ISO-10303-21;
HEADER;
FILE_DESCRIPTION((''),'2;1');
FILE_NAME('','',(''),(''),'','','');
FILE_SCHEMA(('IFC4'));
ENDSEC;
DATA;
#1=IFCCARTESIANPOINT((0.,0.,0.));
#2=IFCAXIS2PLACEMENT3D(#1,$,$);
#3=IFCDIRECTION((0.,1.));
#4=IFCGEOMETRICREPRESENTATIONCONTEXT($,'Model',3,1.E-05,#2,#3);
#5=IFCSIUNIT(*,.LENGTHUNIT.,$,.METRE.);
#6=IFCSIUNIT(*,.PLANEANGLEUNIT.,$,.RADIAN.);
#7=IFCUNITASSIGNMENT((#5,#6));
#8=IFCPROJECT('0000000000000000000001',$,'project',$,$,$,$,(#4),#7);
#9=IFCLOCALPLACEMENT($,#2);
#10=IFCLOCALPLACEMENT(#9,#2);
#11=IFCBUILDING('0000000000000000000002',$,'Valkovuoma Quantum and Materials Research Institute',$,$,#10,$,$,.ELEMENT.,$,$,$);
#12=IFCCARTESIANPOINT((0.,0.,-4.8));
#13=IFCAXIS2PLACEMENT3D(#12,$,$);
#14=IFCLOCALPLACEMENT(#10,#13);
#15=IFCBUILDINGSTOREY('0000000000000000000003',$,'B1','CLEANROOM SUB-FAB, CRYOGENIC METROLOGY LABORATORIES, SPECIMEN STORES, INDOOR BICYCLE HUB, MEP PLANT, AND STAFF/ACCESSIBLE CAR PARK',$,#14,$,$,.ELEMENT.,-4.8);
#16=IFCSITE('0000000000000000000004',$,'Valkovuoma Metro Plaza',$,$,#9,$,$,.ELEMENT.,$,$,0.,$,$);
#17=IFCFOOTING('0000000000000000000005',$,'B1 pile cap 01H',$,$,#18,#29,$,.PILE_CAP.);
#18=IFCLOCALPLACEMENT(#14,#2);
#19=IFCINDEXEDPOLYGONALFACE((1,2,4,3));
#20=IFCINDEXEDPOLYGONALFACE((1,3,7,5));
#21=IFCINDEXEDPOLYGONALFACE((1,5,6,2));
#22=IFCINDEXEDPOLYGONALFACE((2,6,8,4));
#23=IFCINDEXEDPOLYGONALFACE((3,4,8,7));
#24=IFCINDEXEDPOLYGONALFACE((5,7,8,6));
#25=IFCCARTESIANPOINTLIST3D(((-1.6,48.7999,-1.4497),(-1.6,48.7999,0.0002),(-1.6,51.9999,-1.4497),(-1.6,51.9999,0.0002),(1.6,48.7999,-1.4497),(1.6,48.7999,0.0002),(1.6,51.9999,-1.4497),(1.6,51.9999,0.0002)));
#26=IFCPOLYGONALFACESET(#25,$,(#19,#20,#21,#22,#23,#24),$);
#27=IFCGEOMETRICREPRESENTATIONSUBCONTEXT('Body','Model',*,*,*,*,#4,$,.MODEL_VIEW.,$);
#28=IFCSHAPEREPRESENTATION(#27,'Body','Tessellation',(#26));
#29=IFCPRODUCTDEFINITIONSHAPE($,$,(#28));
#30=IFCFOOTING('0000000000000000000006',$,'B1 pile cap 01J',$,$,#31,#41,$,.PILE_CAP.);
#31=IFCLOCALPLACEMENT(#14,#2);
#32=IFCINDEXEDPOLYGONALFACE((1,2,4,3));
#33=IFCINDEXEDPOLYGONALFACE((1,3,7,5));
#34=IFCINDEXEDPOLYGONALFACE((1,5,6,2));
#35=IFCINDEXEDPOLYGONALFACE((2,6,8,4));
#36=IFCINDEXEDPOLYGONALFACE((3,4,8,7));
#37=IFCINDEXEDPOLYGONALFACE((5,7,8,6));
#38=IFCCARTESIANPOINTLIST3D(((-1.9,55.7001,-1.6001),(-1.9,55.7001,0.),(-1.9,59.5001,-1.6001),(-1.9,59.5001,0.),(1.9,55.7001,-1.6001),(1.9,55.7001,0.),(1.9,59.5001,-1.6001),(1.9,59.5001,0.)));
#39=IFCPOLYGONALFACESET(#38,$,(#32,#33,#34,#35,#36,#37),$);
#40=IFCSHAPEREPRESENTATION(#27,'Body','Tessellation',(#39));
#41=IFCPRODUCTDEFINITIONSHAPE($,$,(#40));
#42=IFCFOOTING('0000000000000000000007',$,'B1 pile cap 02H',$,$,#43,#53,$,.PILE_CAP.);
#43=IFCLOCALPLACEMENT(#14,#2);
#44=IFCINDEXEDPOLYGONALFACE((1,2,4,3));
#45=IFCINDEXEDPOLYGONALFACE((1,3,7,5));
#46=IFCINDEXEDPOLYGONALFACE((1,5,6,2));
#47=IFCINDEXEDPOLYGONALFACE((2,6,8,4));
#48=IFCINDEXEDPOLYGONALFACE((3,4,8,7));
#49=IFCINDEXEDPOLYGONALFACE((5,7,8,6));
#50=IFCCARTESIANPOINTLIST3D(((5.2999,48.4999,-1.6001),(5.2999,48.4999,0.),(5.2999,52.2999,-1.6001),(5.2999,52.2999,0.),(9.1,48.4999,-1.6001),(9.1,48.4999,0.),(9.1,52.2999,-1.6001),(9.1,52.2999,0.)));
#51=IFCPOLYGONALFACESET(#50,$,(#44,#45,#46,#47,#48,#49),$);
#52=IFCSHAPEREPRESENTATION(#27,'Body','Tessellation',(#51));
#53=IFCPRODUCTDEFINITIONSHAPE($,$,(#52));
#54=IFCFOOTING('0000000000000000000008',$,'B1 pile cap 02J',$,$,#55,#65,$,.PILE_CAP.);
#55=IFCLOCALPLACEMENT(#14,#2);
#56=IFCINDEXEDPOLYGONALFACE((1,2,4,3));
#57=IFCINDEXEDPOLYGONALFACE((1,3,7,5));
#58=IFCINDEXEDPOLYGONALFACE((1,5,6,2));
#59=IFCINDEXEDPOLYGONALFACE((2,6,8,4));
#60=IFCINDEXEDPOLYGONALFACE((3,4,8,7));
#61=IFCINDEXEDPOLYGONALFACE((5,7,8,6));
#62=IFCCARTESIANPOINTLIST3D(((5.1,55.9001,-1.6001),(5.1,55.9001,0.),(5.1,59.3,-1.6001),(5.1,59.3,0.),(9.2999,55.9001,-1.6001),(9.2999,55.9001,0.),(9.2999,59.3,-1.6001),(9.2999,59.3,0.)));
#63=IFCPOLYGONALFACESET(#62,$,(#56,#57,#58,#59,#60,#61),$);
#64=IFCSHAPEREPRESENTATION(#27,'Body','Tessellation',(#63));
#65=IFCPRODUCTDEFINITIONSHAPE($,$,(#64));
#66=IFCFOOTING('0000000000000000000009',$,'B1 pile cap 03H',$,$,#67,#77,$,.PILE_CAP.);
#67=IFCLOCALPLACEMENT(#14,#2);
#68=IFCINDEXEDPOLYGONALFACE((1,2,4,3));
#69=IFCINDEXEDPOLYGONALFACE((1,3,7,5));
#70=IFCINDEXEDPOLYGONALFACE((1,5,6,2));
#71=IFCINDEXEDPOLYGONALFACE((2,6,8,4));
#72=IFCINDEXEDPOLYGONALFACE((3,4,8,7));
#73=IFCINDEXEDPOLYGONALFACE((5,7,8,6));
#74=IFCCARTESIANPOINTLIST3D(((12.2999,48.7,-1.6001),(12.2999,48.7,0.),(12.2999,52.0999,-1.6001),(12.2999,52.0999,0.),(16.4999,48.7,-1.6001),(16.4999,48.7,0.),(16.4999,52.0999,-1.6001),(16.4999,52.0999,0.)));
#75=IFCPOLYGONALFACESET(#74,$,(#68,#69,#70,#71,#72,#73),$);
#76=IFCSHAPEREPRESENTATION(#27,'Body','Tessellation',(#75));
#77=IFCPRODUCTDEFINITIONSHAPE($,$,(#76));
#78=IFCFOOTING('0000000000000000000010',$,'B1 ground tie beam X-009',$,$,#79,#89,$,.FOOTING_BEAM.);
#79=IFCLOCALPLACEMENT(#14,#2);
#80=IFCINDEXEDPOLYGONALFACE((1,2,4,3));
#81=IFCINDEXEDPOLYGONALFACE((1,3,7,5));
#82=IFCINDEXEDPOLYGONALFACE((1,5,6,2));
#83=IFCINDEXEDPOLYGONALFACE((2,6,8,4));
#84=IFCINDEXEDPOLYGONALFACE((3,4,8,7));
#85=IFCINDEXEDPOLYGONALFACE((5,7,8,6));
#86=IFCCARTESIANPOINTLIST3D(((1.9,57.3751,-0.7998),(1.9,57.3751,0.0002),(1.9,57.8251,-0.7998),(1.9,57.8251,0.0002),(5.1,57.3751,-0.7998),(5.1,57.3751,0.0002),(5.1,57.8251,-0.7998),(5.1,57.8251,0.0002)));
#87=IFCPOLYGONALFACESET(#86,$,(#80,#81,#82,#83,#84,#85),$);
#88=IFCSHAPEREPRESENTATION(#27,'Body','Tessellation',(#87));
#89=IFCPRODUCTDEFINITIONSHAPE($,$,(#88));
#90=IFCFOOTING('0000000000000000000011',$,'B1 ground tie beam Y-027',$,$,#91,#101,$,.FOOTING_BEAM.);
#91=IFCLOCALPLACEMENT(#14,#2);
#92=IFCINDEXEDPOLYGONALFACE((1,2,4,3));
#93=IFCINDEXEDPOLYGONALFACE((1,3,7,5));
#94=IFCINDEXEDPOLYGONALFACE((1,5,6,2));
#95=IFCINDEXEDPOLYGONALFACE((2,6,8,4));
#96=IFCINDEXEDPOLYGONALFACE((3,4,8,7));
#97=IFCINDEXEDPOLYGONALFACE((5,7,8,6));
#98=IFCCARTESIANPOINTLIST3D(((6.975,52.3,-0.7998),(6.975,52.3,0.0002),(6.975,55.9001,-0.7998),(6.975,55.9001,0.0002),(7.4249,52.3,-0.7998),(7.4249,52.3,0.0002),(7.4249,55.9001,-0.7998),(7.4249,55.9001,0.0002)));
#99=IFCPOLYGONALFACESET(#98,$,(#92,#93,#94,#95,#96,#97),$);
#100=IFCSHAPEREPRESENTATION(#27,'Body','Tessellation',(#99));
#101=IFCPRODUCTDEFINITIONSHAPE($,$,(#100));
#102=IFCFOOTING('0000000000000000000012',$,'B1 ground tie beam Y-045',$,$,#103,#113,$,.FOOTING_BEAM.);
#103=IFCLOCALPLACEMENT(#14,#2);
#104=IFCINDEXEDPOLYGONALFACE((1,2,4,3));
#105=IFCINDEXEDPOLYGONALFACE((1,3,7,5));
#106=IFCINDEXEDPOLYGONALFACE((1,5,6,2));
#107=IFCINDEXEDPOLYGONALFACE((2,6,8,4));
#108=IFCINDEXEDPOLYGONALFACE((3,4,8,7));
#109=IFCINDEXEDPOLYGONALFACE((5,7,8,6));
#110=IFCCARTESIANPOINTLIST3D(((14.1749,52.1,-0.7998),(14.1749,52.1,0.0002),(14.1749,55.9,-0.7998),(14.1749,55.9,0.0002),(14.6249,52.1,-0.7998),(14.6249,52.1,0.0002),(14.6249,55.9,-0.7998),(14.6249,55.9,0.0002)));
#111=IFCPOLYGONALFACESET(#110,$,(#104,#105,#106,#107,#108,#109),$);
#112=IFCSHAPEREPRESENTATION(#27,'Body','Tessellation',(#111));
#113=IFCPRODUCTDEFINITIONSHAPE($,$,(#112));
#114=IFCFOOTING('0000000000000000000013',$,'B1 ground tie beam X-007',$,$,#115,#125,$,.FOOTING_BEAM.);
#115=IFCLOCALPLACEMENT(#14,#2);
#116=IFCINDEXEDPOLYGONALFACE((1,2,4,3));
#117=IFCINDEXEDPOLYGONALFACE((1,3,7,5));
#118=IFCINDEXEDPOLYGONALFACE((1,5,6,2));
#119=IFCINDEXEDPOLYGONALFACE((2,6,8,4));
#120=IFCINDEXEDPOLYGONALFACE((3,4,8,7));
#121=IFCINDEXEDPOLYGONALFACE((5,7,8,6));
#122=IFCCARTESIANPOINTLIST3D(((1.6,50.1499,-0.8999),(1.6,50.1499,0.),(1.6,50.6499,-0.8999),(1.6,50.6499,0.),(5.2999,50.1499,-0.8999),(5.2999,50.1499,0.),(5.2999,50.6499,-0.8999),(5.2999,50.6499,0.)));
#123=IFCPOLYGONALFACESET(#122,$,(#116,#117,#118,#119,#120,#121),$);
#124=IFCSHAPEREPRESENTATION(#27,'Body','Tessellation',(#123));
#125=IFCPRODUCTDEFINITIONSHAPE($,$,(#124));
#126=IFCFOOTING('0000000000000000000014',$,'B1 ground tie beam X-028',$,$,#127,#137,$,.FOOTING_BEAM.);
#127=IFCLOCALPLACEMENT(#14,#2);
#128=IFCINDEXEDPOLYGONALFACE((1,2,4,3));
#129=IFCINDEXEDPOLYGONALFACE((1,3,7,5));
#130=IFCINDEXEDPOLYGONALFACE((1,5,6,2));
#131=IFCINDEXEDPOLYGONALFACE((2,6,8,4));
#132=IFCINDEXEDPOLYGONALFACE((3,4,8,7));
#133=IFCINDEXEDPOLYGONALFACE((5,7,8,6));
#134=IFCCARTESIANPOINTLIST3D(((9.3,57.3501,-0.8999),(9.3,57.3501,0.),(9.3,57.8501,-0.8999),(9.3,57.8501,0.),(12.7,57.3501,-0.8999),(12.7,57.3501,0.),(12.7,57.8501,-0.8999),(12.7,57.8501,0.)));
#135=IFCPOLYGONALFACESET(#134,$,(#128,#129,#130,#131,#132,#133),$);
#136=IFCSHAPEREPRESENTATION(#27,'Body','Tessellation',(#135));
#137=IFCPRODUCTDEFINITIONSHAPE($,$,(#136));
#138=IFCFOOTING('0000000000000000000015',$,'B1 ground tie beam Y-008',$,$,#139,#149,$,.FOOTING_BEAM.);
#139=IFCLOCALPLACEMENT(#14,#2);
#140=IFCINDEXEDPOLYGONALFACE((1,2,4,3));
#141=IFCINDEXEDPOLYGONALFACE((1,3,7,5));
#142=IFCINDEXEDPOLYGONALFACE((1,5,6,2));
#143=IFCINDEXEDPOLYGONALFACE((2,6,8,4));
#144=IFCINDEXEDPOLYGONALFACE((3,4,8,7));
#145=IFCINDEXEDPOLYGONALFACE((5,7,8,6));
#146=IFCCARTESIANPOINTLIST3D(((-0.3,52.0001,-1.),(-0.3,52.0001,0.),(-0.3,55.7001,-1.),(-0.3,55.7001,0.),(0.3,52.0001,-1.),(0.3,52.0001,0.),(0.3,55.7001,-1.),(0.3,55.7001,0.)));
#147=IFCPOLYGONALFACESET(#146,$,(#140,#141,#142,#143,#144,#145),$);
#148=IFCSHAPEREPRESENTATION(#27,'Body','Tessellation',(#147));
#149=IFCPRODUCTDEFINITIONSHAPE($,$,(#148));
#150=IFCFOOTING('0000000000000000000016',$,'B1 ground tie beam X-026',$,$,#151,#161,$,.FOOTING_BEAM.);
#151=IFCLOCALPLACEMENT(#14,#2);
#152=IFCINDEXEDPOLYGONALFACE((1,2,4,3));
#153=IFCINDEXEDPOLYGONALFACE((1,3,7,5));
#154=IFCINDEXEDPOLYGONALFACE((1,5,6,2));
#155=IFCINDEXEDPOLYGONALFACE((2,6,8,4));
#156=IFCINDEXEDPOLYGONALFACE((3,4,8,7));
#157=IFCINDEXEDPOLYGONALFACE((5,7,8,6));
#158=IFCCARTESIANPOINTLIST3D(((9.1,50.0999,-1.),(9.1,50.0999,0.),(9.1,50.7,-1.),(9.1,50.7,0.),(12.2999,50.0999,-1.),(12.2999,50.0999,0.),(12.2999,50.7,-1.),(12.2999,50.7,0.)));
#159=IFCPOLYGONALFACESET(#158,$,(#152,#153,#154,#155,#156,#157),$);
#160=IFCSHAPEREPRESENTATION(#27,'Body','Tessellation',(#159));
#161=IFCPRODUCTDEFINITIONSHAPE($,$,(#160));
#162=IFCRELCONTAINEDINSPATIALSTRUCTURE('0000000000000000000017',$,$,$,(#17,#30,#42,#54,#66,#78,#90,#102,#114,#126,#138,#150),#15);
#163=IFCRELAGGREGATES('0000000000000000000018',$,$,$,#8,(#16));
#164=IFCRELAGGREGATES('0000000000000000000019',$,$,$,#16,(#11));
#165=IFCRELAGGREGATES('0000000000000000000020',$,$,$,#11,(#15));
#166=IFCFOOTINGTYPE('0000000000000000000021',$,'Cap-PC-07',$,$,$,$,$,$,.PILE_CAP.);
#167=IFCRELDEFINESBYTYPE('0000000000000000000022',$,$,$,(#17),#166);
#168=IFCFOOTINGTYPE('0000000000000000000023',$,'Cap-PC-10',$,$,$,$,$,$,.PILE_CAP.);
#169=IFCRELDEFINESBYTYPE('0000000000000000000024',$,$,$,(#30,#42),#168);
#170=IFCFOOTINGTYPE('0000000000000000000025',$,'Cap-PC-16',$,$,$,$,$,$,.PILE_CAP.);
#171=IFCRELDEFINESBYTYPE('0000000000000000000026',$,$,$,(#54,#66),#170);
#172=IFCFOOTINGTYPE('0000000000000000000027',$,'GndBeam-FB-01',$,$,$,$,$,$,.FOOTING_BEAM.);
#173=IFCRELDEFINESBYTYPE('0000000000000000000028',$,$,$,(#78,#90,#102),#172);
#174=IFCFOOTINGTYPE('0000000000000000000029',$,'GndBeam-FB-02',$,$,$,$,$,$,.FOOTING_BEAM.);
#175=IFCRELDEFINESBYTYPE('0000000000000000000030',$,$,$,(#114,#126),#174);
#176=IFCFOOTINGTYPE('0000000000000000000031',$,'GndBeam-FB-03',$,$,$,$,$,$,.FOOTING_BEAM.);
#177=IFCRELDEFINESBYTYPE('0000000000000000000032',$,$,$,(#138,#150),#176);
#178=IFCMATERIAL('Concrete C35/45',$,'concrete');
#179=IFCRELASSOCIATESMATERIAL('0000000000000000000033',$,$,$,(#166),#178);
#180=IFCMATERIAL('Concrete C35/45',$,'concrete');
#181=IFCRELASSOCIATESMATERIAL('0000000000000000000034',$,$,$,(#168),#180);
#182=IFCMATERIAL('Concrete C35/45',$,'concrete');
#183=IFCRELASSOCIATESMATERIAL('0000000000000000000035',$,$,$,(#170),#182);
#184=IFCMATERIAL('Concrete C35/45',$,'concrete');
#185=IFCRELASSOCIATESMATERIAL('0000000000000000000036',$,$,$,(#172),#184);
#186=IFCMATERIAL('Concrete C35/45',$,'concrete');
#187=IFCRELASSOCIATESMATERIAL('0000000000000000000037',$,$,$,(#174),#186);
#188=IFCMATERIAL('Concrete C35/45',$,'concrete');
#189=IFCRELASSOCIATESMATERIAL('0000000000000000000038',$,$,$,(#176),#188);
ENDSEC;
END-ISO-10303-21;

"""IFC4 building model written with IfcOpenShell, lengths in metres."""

from ifc_helpers import new_model, si_unit, direction, frame, origin, origin_2d, place, context, subcontext, project, spatial, rectangle, extrude, material, type_object, element, save


model = new_model("IFC4")

# Units and contexts
model_context = context("Model", 3, precision=1e-05, world=origin(), true_north=direction((0.0, 1.0)))
body_context = subcontext(model_context, "Body", "Model", "MODEL_VIEW")
ifc_project = project(units=[si_unit("LENGTHUNIT", "METRE"), si_unit("PLANEANGLEUNIT", "RADIAN")], contexts=[model_context])

# Site, building, storey
site_placement = place(None, origin())
site = spatial("IfcSite", under=ifc_project, at=site_placement, Name="Valkovuoma Metro Plaza", CompositionType="ELEMENT", RefElevation=0.0)
building_placement = place(site_placement, origin())
building = spatial("IfcBuilding", under=site, at=building_placement, Name="Valkovuoma Quantum and Materials Research Institute", CompositionType="ELEMENT")
storey_placement = place(building_placement, frame((0.0, 0.0, -4.8)))
storey = spatial("IfcBuildingStorey", under=building, at=storey_placement, Name="B1", Description="CLEANROOM SUB-FAB, CRYOGENIC METROLOGY LABORATORIES, SPECIMEN STORES, INDOOR BICYCLE HUB, MEP PLANT, AND STAFF/ACCESSIBLE CAR PARK", CompositionType="ELEMENT", Elevation=-4.8)

# Footings
ifc_material_1 = material(Name="Concrete C35/45", Category="concrete")
footing_type_1 = type_object("IfcFootingType", Name="Cap-PC-07", PredefinedType="PILE_CAP", material=ifc_material_1)
footing_1_placement = place(storey_placement, frame((0.0, 50.3999, -1.4497), z_axis=(0.0, 0.0, 1.0), x_axis=(1.0, 0.0, 0.0)))
element("IfcFooting", 1, at=footing_1_placement, inside=storey, type_object=footing_type_1, Name="B1 pile cap 01H", PredefinedType="PILE_CAP", context=body_context, shape_type="SweptSolid", body=[
    extrude(rectangle(XDim=3.2, YDim=3.2, at=origin_2d()), origin(), (0.0, 0.0, 1.0), 1.45),
])
ifc_material_2 = material(Name="Concrete C35/45", Category="concrete")
footing_type_2 = type_object("IfcFootingType", Name="Cap-PC-10", PredefinedType="PILE_CAP", material=ifc_material_2)
for number, where, z_axis, x_axis, name in (
    (2, (0.0, 57.6001, -1.6001), (0.0, 0.0, 1.0), (1.0, 0.0, 0.0), "B1 pile cap 01J"),
    (3, (7.2, 50.3999, -1.6001), (0.0, 0.0, 1.0), (1.0, 0.0, 0.0), "B1 pile cap 02H"),
):
    element("IfcFooting", number, at=place(storey_placement, frame(where, z_axis=z_axis, x_axis=x_axis)), inside=storey, type_object=footing_type_2, Name=name, PredefinedType="PILE_CAP", context=body_context, shape_type="SweptSolid", body=[
        extrude(rectangle(XDim=3.8, YDim=3.8, at=origin_2d()), origin(), (0.0, 0.0, 1.0), 1.6001),
    ])
ifc_material_3 = material(Name="Concrete C35/45", Category="concrete")
footing_type_3 = type_object("IfcFootingType", Name="Cap-PC-16", PredefinedType="PILE_CAP", material=ifc_material_3)
for number, where, z_axis, x_axis, name in (
    (4, (7.2, 57.6001, -1.6001), (0.0, 0.0, 1.0), (1.0, 0.0, 0.0), "B1 pile cap 02J"),
    (5, (14.3999, 50.3999, -1.6001), (0.0, 0.0, 1.0), (1.0, 0.0, 0.0), "B1 pile cap 03H"),
):
    element("IfcFooting", number, at=place(storey_placement, frame(where, z_axis=z_axis, x_axis=x_axis)), inside=storey, type_object=footing_type_3, Name=name, PredefinedType="PILE_CAP", context=body_context, shape_type="SweptSolid", body=[
        extrude(rectangle(XDim=4.2, YDim=3.3999, at=origin_2d()), origin(), (0.0, 0.0, 1.0), 1.6001),
    ])
ifc_material_4 = material(Name="Concrete C35/45", Category="concrete")
footing_type_4 = type_object("IfcFootingType", Name="GndBeam-FB-01", PredefinedType="FOOTING_BEAM", material=ifc_material_4)
footing_2_placement = place(storey_placement, frame((3.5, 57.6001, -0.7998), z_axis=(0.0, 0.0, 1.0), x_axis=(1.0, 0.0, 0.0)))
element("IfcFooting", 6, at=footing_2_placement, inside=storey, type_object=footing_type_4, Name="B1 ground tie beam X-009", PredefinedType="FOOTING_BEAM", context=body_context, shape_type="SweptSolid", body=[
    extrude(rectangle(XDim=3.2, YDim=0.45, at=origin_2d()), origin(), (0.0, 0.0, 1.0), 0.8),
])
footing_3_placement = place(storey_placement, frame((7.2, 54.1001, -0.7998), z_axis=(0.0, 0.0, 1.0), x_axis=(0.0, 1.0, 0.0)))
element("IfcFooting", 7, at=footing_3_placement, inside=storey, type_object=footing_type_4, Name="B1 ground tie beam Y-027", PredefinedType="FOOTING_BEAM", context=body_context, shape_type="SweptSolid", body=[
    extrude(rectangle(XDim=3.6001, YDim=0.45, at=origin_2d()), origin(), (0.0, 0.0, 1.0), 0.8),
])
footing_4_placement = place(storey_placement, frame((14.3999, 54.0, -0.7998), z_axis=(0.0, 0.0, 1.0), x_axis=(0.0, 1.0, 0.0)))
element("IfcFooting", 8, at=footing_4_placement, inside=storey, type_object=footing_type_4, Name="B1 ground tie beam Y-045", PredefinedType="FOOTING_BEAM", context=body_context, shape_type="SweptSolid", body=[
    extrude(rectangle(XDim=3.8, YDim=0.45, at=origin_2d()), origin(), (0.0, 0.0, 1.0), 0.8),
])
ifc_material_5 = material(Name="Concrete C35/45", Category="concrete")
footing_type_5 = type_object("IfcFootingType", Name="GndBeam-FB-02", PredefinedType="FOOTING_BEAM", material=ifc_material_5)
footing_5_placement = place(storey_placement, frame((3.45, 50.3999, -0.8999), z_axis=(0.0, 0.0, 1.0), x_axis=(1.0, 0.0, 0.0)))
element("IfcFooting", 9, at=footing_5_placement, inside=storey, type_object=footing_type_5, Name="B1 ground tie beam X-007", PredefinedType="FOOTING_BEAM", context=body_context, shape_type="SweptSolid", body=[
    extrude(rectangle(XDim=3.7, YDim=0.5, at=origin_2d()), origin(), (0.0, 0.0, 1.0), 0.8999),
])
footing_6_placement = place(storey_placement, frame((11.0, 57.6001, -0.8999), z_axis=(0.0, 0.0, 1.0), x_axis=(1.0, 0.0, 0.0)))
element("IfcFooting", 10, at=footing_6_placement, inside=storey, type_object=footing_type_5, Name="B1 ground tie beam X-028", PredefinedType="FOOTING_BEAM", context=body_context, shape_type="SweptSolid", body=[
    extrude(rectangle(XDim=3.3999, YDim=0.5, at=origin_2d()), origin(), (0.0, 0.0, 1.0), 0.8999),
])
ifc_material_6 = material(Name="Concrete C35/45", Category="concrete")
footing_type_6 = type_object("IfcFootingType", Name="GndBeam-FB-03", PredefinedType="FOOTING_BEAM", material=ifc_material_6)
footing_7_placement = place(storey_placement, frame((0.0, 53.8501, -1.0), z_axis=(0.0, 0.0, 1.0), x_axis=(0.0, 1.0, 0.0)))
element("IfcFooting", 11, at=footing_7_placement, inside=storey, type_object=footing_type_6, Name="B1 ground tie beam Y-008", PredefinedType="FOOTING_BEAM", context=body_context, shape_type="SweptSolid", body=[
    extrude(rectangle(XDim=3.7, YDim=0.6001, at=origin_2d()), origin(), (0.0, 0.0, 1.0), 1.0),
])
footing_8_placement = place(storey_placement, frame((10.7, 50.3999, -1.0), z_axis=(0.0, 0.0, 1.0), x_axis=(1.0, 0.0, 0.0)))
element("IfcFooting", 12, at=footing_8_placement, inside=storey, type_object=footing_type_6, Name="B1 ground tie beam X-026", PredefinedType="FOOTING_BEAM", context=body_context, shape_type="SweptSolid", body=[
    extrude(rectangle(XDim=3.2, YDim=0.6001, at=origin_2d()), origin(), (0.0, 0.0, 1.0), 1.0),
])

save(model, "model.ifc")
